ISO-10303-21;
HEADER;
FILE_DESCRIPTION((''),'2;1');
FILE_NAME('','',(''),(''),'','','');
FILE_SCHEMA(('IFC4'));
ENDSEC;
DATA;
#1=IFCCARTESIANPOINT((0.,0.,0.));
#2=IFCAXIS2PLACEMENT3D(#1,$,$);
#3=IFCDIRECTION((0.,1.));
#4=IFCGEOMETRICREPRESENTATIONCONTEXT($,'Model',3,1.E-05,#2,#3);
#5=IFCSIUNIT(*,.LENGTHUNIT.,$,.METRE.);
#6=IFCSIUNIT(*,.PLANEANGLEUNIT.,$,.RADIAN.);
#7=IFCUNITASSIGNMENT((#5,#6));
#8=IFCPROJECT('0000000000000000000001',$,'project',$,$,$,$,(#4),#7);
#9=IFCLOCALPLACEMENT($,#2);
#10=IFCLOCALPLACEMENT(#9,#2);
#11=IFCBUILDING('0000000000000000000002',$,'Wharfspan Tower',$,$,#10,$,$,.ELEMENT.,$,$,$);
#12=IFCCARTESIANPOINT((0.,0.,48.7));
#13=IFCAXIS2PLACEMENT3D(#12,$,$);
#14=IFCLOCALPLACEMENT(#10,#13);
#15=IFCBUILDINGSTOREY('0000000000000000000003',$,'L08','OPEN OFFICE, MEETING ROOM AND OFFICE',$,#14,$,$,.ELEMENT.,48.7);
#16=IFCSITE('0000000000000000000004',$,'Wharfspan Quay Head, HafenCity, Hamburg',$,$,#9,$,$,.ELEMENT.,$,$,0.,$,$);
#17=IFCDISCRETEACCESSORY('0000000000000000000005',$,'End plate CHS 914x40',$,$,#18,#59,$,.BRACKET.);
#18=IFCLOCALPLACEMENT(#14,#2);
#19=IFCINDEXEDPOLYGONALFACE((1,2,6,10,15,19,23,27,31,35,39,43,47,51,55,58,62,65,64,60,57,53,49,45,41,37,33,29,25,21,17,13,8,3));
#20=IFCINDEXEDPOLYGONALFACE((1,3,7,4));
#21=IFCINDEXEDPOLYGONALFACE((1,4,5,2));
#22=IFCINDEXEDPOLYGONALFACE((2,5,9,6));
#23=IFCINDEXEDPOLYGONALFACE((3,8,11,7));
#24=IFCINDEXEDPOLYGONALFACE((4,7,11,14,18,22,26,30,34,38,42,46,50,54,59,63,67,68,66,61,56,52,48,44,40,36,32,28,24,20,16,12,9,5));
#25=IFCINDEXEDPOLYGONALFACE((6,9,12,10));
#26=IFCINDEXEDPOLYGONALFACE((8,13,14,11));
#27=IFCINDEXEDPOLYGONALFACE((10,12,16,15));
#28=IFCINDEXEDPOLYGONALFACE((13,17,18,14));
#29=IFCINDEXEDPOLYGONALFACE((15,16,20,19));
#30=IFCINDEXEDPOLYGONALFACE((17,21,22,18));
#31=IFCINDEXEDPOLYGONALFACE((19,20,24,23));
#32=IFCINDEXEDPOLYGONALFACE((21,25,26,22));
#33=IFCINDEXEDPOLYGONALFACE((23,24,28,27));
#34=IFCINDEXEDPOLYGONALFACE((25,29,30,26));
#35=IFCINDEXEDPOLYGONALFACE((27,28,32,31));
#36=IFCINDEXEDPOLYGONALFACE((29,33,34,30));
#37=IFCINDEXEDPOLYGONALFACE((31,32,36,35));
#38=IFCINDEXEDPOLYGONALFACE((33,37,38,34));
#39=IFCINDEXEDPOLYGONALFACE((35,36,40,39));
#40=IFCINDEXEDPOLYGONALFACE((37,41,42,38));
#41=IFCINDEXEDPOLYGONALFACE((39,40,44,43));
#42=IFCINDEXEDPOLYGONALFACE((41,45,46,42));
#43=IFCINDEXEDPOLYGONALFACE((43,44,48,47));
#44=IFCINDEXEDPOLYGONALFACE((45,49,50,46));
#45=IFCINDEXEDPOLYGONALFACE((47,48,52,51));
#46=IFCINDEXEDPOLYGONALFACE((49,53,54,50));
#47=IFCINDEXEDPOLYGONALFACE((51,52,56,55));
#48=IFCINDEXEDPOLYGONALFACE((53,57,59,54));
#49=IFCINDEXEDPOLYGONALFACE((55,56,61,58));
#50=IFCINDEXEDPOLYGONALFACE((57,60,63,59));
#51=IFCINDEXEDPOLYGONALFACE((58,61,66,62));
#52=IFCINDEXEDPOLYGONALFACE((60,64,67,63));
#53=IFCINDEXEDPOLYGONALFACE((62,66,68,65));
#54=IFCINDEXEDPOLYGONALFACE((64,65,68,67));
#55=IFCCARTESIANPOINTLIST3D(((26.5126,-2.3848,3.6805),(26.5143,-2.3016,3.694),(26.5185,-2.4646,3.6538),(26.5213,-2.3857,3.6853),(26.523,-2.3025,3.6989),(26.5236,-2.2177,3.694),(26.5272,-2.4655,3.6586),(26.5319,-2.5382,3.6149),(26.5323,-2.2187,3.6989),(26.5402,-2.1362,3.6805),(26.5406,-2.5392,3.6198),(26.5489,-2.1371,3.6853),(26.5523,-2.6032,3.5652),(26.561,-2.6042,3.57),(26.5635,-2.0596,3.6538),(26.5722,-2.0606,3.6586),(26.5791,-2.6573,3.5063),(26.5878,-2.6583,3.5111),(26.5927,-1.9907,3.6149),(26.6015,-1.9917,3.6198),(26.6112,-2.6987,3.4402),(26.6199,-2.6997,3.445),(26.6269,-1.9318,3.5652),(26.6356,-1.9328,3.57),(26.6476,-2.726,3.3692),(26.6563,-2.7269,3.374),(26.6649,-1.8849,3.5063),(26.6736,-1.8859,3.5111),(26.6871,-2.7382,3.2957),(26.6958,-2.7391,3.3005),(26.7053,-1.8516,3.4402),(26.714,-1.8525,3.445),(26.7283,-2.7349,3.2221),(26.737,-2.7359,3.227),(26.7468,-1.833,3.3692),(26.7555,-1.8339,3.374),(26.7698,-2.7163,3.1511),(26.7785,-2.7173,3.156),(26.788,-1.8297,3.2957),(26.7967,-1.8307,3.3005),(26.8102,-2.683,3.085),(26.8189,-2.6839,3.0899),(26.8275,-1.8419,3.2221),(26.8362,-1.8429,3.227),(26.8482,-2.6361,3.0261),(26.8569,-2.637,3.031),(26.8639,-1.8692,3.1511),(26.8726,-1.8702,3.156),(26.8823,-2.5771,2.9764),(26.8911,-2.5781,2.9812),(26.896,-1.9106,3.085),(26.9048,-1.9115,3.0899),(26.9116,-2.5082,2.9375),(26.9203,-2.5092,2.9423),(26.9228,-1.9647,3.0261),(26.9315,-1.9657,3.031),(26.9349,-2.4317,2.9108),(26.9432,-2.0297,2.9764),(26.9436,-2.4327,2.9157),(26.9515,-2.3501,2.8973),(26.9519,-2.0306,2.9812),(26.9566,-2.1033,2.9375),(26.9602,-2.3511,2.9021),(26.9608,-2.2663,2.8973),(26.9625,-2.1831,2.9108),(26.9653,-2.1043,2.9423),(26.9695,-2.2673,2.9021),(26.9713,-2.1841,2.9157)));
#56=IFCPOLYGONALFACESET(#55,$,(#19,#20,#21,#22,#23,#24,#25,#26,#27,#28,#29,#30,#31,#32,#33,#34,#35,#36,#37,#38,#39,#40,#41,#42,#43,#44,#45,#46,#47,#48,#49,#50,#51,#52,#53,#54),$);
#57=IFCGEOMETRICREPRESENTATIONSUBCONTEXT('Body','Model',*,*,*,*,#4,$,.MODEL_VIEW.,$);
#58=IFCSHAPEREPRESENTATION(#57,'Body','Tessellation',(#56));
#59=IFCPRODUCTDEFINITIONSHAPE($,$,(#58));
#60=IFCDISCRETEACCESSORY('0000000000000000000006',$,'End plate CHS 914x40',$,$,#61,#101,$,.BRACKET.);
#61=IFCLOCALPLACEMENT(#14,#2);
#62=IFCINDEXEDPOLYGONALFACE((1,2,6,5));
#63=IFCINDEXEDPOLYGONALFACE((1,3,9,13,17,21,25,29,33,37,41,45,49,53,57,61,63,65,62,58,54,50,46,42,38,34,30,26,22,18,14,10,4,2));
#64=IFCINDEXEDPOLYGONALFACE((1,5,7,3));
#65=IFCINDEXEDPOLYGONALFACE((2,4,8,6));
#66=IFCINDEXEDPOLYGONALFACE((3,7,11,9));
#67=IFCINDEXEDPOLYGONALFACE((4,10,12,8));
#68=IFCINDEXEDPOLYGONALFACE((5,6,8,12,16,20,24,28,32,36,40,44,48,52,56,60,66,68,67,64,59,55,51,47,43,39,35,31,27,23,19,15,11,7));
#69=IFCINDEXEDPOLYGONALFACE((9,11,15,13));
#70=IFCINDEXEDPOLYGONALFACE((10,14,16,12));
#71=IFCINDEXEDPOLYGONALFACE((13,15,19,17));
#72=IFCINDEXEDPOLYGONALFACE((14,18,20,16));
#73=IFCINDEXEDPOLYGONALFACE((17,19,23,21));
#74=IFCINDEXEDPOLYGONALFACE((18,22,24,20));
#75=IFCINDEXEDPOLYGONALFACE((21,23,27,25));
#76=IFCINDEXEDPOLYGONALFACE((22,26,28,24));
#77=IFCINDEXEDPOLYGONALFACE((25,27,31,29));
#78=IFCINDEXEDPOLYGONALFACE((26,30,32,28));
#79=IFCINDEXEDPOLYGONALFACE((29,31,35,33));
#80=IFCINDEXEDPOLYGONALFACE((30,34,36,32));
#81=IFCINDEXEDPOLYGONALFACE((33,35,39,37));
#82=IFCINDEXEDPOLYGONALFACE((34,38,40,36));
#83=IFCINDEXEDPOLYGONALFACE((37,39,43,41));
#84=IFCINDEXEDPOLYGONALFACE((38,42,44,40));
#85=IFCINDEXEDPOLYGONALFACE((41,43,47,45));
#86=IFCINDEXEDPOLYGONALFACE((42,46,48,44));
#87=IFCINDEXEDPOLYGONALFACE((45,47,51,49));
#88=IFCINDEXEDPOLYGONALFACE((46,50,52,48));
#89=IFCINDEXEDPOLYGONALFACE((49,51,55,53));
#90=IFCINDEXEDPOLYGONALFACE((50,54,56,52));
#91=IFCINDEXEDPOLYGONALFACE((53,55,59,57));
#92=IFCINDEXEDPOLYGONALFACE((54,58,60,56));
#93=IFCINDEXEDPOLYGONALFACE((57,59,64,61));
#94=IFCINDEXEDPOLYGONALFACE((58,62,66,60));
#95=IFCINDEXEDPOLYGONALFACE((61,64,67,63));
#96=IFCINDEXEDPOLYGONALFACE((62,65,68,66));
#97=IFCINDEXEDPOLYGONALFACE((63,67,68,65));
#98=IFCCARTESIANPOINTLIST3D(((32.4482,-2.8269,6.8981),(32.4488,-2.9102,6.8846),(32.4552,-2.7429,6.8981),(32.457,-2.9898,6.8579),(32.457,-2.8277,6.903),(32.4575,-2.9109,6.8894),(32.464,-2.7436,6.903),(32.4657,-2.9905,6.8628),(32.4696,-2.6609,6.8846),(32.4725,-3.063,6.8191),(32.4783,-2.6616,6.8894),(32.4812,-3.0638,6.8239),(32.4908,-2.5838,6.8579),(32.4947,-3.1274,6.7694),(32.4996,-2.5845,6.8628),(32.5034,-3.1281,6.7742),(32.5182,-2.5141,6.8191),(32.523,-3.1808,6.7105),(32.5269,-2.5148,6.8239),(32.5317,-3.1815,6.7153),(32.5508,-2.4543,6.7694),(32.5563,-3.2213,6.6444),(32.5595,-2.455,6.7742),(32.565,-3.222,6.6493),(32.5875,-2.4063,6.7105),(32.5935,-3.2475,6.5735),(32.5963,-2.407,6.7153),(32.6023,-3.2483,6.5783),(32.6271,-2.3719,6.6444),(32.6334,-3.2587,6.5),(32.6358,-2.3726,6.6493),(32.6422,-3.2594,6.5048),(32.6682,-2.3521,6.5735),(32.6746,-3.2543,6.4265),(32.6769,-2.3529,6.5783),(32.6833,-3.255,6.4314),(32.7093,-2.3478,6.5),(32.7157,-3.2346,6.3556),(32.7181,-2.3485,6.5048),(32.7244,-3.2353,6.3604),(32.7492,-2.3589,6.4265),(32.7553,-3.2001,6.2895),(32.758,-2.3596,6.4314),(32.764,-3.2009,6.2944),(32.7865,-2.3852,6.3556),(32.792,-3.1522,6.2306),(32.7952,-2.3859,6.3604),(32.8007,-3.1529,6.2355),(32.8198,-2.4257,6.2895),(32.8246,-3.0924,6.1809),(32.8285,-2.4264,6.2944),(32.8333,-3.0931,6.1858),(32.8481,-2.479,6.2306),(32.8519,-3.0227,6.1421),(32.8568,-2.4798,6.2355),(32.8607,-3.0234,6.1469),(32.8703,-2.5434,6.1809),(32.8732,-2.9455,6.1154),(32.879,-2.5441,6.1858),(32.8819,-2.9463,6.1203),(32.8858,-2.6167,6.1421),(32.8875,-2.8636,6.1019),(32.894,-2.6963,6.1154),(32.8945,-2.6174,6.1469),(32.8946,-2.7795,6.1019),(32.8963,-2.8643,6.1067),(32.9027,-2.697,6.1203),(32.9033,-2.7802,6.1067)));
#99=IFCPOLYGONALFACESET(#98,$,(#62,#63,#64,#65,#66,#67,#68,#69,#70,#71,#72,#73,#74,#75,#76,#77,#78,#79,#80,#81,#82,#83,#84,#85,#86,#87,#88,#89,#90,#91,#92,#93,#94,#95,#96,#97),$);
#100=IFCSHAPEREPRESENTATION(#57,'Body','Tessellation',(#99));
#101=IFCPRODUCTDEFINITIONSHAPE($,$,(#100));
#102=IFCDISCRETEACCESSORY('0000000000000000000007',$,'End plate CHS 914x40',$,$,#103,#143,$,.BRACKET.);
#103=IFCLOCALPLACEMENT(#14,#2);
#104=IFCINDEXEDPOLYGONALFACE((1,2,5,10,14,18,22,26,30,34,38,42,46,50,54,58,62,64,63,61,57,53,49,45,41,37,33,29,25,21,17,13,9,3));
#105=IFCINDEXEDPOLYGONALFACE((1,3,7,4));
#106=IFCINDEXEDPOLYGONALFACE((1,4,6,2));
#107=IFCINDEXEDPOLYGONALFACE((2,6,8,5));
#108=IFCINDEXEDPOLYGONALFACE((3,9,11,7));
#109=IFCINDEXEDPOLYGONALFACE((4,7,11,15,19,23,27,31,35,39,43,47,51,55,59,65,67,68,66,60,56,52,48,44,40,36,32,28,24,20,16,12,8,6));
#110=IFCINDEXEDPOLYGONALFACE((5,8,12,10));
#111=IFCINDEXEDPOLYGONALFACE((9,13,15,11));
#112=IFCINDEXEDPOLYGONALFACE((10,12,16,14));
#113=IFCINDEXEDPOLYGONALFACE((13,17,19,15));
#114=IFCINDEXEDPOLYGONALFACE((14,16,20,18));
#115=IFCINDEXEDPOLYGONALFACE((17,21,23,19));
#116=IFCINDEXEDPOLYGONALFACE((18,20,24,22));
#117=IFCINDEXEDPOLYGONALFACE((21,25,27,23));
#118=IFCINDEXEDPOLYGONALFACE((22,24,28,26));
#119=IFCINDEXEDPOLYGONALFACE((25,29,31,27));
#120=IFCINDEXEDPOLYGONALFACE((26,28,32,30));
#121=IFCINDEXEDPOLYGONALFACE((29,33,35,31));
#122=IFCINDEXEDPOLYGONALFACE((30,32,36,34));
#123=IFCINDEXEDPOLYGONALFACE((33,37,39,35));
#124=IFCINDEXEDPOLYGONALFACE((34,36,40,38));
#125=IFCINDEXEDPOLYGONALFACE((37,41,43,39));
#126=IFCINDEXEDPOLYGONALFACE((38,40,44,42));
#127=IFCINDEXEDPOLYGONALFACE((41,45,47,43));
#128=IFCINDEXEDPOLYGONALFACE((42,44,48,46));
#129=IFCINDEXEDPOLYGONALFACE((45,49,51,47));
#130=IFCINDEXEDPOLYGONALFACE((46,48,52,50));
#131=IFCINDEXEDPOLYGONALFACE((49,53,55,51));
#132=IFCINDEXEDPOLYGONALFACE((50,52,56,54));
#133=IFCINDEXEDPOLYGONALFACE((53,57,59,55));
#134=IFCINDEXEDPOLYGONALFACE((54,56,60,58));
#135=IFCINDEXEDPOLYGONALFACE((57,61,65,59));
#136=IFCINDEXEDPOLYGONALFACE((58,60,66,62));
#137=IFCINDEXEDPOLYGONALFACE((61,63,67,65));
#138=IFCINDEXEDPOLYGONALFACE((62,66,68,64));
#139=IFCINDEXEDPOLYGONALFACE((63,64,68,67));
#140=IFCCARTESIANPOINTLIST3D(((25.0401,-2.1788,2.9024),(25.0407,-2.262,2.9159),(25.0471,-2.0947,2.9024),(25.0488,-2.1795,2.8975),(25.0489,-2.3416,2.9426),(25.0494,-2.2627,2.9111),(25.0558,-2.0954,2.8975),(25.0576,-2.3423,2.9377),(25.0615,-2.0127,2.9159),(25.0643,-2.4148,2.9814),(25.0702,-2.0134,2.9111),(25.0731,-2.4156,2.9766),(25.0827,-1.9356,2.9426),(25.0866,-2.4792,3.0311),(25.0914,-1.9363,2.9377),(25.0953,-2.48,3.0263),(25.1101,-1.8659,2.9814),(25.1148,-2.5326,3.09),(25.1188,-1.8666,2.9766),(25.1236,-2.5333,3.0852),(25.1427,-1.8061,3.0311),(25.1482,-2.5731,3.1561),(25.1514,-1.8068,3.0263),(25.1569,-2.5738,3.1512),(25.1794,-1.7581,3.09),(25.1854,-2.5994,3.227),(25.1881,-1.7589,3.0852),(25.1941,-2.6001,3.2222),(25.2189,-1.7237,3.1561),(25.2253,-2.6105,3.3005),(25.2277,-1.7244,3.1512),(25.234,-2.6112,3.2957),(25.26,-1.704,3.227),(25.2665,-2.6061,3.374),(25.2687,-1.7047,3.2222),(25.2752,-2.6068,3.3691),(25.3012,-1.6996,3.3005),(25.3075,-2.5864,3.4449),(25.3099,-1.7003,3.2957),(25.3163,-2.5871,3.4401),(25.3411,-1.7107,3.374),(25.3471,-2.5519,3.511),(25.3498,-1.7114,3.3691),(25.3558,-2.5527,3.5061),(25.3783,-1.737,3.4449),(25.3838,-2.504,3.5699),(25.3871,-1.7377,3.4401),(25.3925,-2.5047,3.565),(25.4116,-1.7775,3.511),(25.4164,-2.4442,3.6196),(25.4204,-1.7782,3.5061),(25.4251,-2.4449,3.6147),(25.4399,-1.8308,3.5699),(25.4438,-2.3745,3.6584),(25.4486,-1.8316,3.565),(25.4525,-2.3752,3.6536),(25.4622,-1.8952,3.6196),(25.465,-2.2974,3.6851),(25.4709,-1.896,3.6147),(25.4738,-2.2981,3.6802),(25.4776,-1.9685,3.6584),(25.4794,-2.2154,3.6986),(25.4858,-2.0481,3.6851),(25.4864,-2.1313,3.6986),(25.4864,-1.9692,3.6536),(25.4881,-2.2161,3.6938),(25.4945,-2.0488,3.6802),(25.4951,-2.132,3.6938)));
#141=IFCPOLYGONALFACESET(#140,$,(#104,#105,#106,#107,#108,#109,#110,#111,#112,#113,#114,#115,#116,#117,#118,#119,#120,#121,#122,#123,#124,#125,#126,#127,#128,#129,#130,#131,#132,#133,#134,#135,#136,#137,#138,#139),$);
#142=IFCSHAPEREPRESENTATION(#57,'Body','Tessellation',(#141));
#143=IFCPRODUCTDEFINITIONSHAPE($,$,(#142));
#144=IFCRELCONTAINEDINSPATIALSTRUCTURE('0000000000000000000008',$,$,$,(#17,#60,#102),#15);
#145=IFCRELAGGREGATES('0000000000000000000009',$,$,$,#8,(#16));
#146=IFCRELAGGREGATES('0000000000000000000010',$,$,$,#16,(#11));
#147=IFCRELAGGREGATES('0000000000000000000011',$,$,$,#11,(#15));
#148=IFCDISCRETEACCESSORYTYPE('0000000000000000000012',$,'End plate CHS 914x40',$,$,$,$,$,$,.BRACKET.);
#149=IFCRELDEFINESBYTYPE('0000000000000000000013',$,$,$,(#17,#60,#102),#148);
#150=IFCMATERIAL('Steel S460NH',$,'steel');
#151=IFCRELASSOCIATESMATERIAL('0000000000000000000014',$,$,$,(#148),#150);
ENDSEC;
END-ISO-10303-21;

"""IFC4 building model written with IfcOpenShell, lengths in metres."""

from ifc_helpers import new_model, si_unit, direction, frame, origin, origin_2d, place, context, subcontext, project, spatial, circle, extrude, material, material_profile, profile_set, type_object, element, save


model = new_model("IFC4")

# Units and contexts
model_context = context("Model", 3, precision=1e-05, world=origin(), true_north=direction((0.0, 1.0)))
body_context = subcontext(model_context, "Body", "Model", "MODEL_VIEW")
ifc_project = project(units=[si_unit("LENGTHUNIT", "METRE"), si_unit("PLANEANGLEUNIT", "RADIAN")], contexts=[model_context])

# Site, building, storey
site_placement = place(None, origin())
site = spatial("IfcSite", under=ifc_project, at=site_placement, Name="Wharfspan Quay Head, HafenCity, Hamburg", CompositionType="ELEMENT", RefElevation=0.0)
building_placement = place(site_placement, origin())
building = spatial("IfcBuilding", under=site, at=building_placement, Name="Wharfspan Tower", CompositionType="ELEMENT")
storey_placement = place(building_placement, frame((0.0, 0.0, 48.7)))
storey = spatial("IfcBuildingStorey", under=building, at=storey_placement, Name="L08", Description="OPEN OFFICE, MEETING ROOM AND OFFICE", CompositionType="ELEMENT", Elevation=48.7)

# Shared definitions
ifc_material_1 = material(Name="Steel S460NH", Category="steel")

# Discrete accessories
ifc_material_profile_1 = material_profile(ifc_material_1, circle(Radius=0.457, at=origin_2d()))
ifc_profile_set_1 = profile_set([ifc_material_profile_1], Name="Steel S460NH")
discrete_accessory_type = type_object("IfcDiscreteAccessoryType", Name="End plate CHS 914x40", PredefinedType="BRACKET", material=ifc_profile_set_1)
for number, where, z_axis, x_axis, name in (
    (1, (26.7375, -2.2839, 3.2957), (0.870063, -0.096674, 0.483368), (0.110432, 0.993885, 0.0), "End plate CHS 914x40"),
    (2, (32.6714, -2.8032, 6.5), (0.871847, -0.072654, 0.484359), (0.083044, 0.996547, 0.000003), "End plate CHS 914x40"),
    (3, (25.272, -2.1558, 3.2957), (-0.871847, 0.072654, 0.484359), (-0.083044, -0.996547, 0.000003), "End plate CHS 914x40"),
):
    element("IfcDiscreteAccessory", number, at=place(storey_placement, frame(where, z_axis=z_axis, x_axis=x_axis)), inside=storey, type_object=discrete_accessory_type, Name=name, PredefinedType="BRACKET", context=body_context, shape_type="SweptSolid", body=[
        extrude(circle(Radius=0.457, at=origin_2d()), origin(), (0.0, 0.0, 1.0), 0.01),
    ])

save(model, "model.ifc")
